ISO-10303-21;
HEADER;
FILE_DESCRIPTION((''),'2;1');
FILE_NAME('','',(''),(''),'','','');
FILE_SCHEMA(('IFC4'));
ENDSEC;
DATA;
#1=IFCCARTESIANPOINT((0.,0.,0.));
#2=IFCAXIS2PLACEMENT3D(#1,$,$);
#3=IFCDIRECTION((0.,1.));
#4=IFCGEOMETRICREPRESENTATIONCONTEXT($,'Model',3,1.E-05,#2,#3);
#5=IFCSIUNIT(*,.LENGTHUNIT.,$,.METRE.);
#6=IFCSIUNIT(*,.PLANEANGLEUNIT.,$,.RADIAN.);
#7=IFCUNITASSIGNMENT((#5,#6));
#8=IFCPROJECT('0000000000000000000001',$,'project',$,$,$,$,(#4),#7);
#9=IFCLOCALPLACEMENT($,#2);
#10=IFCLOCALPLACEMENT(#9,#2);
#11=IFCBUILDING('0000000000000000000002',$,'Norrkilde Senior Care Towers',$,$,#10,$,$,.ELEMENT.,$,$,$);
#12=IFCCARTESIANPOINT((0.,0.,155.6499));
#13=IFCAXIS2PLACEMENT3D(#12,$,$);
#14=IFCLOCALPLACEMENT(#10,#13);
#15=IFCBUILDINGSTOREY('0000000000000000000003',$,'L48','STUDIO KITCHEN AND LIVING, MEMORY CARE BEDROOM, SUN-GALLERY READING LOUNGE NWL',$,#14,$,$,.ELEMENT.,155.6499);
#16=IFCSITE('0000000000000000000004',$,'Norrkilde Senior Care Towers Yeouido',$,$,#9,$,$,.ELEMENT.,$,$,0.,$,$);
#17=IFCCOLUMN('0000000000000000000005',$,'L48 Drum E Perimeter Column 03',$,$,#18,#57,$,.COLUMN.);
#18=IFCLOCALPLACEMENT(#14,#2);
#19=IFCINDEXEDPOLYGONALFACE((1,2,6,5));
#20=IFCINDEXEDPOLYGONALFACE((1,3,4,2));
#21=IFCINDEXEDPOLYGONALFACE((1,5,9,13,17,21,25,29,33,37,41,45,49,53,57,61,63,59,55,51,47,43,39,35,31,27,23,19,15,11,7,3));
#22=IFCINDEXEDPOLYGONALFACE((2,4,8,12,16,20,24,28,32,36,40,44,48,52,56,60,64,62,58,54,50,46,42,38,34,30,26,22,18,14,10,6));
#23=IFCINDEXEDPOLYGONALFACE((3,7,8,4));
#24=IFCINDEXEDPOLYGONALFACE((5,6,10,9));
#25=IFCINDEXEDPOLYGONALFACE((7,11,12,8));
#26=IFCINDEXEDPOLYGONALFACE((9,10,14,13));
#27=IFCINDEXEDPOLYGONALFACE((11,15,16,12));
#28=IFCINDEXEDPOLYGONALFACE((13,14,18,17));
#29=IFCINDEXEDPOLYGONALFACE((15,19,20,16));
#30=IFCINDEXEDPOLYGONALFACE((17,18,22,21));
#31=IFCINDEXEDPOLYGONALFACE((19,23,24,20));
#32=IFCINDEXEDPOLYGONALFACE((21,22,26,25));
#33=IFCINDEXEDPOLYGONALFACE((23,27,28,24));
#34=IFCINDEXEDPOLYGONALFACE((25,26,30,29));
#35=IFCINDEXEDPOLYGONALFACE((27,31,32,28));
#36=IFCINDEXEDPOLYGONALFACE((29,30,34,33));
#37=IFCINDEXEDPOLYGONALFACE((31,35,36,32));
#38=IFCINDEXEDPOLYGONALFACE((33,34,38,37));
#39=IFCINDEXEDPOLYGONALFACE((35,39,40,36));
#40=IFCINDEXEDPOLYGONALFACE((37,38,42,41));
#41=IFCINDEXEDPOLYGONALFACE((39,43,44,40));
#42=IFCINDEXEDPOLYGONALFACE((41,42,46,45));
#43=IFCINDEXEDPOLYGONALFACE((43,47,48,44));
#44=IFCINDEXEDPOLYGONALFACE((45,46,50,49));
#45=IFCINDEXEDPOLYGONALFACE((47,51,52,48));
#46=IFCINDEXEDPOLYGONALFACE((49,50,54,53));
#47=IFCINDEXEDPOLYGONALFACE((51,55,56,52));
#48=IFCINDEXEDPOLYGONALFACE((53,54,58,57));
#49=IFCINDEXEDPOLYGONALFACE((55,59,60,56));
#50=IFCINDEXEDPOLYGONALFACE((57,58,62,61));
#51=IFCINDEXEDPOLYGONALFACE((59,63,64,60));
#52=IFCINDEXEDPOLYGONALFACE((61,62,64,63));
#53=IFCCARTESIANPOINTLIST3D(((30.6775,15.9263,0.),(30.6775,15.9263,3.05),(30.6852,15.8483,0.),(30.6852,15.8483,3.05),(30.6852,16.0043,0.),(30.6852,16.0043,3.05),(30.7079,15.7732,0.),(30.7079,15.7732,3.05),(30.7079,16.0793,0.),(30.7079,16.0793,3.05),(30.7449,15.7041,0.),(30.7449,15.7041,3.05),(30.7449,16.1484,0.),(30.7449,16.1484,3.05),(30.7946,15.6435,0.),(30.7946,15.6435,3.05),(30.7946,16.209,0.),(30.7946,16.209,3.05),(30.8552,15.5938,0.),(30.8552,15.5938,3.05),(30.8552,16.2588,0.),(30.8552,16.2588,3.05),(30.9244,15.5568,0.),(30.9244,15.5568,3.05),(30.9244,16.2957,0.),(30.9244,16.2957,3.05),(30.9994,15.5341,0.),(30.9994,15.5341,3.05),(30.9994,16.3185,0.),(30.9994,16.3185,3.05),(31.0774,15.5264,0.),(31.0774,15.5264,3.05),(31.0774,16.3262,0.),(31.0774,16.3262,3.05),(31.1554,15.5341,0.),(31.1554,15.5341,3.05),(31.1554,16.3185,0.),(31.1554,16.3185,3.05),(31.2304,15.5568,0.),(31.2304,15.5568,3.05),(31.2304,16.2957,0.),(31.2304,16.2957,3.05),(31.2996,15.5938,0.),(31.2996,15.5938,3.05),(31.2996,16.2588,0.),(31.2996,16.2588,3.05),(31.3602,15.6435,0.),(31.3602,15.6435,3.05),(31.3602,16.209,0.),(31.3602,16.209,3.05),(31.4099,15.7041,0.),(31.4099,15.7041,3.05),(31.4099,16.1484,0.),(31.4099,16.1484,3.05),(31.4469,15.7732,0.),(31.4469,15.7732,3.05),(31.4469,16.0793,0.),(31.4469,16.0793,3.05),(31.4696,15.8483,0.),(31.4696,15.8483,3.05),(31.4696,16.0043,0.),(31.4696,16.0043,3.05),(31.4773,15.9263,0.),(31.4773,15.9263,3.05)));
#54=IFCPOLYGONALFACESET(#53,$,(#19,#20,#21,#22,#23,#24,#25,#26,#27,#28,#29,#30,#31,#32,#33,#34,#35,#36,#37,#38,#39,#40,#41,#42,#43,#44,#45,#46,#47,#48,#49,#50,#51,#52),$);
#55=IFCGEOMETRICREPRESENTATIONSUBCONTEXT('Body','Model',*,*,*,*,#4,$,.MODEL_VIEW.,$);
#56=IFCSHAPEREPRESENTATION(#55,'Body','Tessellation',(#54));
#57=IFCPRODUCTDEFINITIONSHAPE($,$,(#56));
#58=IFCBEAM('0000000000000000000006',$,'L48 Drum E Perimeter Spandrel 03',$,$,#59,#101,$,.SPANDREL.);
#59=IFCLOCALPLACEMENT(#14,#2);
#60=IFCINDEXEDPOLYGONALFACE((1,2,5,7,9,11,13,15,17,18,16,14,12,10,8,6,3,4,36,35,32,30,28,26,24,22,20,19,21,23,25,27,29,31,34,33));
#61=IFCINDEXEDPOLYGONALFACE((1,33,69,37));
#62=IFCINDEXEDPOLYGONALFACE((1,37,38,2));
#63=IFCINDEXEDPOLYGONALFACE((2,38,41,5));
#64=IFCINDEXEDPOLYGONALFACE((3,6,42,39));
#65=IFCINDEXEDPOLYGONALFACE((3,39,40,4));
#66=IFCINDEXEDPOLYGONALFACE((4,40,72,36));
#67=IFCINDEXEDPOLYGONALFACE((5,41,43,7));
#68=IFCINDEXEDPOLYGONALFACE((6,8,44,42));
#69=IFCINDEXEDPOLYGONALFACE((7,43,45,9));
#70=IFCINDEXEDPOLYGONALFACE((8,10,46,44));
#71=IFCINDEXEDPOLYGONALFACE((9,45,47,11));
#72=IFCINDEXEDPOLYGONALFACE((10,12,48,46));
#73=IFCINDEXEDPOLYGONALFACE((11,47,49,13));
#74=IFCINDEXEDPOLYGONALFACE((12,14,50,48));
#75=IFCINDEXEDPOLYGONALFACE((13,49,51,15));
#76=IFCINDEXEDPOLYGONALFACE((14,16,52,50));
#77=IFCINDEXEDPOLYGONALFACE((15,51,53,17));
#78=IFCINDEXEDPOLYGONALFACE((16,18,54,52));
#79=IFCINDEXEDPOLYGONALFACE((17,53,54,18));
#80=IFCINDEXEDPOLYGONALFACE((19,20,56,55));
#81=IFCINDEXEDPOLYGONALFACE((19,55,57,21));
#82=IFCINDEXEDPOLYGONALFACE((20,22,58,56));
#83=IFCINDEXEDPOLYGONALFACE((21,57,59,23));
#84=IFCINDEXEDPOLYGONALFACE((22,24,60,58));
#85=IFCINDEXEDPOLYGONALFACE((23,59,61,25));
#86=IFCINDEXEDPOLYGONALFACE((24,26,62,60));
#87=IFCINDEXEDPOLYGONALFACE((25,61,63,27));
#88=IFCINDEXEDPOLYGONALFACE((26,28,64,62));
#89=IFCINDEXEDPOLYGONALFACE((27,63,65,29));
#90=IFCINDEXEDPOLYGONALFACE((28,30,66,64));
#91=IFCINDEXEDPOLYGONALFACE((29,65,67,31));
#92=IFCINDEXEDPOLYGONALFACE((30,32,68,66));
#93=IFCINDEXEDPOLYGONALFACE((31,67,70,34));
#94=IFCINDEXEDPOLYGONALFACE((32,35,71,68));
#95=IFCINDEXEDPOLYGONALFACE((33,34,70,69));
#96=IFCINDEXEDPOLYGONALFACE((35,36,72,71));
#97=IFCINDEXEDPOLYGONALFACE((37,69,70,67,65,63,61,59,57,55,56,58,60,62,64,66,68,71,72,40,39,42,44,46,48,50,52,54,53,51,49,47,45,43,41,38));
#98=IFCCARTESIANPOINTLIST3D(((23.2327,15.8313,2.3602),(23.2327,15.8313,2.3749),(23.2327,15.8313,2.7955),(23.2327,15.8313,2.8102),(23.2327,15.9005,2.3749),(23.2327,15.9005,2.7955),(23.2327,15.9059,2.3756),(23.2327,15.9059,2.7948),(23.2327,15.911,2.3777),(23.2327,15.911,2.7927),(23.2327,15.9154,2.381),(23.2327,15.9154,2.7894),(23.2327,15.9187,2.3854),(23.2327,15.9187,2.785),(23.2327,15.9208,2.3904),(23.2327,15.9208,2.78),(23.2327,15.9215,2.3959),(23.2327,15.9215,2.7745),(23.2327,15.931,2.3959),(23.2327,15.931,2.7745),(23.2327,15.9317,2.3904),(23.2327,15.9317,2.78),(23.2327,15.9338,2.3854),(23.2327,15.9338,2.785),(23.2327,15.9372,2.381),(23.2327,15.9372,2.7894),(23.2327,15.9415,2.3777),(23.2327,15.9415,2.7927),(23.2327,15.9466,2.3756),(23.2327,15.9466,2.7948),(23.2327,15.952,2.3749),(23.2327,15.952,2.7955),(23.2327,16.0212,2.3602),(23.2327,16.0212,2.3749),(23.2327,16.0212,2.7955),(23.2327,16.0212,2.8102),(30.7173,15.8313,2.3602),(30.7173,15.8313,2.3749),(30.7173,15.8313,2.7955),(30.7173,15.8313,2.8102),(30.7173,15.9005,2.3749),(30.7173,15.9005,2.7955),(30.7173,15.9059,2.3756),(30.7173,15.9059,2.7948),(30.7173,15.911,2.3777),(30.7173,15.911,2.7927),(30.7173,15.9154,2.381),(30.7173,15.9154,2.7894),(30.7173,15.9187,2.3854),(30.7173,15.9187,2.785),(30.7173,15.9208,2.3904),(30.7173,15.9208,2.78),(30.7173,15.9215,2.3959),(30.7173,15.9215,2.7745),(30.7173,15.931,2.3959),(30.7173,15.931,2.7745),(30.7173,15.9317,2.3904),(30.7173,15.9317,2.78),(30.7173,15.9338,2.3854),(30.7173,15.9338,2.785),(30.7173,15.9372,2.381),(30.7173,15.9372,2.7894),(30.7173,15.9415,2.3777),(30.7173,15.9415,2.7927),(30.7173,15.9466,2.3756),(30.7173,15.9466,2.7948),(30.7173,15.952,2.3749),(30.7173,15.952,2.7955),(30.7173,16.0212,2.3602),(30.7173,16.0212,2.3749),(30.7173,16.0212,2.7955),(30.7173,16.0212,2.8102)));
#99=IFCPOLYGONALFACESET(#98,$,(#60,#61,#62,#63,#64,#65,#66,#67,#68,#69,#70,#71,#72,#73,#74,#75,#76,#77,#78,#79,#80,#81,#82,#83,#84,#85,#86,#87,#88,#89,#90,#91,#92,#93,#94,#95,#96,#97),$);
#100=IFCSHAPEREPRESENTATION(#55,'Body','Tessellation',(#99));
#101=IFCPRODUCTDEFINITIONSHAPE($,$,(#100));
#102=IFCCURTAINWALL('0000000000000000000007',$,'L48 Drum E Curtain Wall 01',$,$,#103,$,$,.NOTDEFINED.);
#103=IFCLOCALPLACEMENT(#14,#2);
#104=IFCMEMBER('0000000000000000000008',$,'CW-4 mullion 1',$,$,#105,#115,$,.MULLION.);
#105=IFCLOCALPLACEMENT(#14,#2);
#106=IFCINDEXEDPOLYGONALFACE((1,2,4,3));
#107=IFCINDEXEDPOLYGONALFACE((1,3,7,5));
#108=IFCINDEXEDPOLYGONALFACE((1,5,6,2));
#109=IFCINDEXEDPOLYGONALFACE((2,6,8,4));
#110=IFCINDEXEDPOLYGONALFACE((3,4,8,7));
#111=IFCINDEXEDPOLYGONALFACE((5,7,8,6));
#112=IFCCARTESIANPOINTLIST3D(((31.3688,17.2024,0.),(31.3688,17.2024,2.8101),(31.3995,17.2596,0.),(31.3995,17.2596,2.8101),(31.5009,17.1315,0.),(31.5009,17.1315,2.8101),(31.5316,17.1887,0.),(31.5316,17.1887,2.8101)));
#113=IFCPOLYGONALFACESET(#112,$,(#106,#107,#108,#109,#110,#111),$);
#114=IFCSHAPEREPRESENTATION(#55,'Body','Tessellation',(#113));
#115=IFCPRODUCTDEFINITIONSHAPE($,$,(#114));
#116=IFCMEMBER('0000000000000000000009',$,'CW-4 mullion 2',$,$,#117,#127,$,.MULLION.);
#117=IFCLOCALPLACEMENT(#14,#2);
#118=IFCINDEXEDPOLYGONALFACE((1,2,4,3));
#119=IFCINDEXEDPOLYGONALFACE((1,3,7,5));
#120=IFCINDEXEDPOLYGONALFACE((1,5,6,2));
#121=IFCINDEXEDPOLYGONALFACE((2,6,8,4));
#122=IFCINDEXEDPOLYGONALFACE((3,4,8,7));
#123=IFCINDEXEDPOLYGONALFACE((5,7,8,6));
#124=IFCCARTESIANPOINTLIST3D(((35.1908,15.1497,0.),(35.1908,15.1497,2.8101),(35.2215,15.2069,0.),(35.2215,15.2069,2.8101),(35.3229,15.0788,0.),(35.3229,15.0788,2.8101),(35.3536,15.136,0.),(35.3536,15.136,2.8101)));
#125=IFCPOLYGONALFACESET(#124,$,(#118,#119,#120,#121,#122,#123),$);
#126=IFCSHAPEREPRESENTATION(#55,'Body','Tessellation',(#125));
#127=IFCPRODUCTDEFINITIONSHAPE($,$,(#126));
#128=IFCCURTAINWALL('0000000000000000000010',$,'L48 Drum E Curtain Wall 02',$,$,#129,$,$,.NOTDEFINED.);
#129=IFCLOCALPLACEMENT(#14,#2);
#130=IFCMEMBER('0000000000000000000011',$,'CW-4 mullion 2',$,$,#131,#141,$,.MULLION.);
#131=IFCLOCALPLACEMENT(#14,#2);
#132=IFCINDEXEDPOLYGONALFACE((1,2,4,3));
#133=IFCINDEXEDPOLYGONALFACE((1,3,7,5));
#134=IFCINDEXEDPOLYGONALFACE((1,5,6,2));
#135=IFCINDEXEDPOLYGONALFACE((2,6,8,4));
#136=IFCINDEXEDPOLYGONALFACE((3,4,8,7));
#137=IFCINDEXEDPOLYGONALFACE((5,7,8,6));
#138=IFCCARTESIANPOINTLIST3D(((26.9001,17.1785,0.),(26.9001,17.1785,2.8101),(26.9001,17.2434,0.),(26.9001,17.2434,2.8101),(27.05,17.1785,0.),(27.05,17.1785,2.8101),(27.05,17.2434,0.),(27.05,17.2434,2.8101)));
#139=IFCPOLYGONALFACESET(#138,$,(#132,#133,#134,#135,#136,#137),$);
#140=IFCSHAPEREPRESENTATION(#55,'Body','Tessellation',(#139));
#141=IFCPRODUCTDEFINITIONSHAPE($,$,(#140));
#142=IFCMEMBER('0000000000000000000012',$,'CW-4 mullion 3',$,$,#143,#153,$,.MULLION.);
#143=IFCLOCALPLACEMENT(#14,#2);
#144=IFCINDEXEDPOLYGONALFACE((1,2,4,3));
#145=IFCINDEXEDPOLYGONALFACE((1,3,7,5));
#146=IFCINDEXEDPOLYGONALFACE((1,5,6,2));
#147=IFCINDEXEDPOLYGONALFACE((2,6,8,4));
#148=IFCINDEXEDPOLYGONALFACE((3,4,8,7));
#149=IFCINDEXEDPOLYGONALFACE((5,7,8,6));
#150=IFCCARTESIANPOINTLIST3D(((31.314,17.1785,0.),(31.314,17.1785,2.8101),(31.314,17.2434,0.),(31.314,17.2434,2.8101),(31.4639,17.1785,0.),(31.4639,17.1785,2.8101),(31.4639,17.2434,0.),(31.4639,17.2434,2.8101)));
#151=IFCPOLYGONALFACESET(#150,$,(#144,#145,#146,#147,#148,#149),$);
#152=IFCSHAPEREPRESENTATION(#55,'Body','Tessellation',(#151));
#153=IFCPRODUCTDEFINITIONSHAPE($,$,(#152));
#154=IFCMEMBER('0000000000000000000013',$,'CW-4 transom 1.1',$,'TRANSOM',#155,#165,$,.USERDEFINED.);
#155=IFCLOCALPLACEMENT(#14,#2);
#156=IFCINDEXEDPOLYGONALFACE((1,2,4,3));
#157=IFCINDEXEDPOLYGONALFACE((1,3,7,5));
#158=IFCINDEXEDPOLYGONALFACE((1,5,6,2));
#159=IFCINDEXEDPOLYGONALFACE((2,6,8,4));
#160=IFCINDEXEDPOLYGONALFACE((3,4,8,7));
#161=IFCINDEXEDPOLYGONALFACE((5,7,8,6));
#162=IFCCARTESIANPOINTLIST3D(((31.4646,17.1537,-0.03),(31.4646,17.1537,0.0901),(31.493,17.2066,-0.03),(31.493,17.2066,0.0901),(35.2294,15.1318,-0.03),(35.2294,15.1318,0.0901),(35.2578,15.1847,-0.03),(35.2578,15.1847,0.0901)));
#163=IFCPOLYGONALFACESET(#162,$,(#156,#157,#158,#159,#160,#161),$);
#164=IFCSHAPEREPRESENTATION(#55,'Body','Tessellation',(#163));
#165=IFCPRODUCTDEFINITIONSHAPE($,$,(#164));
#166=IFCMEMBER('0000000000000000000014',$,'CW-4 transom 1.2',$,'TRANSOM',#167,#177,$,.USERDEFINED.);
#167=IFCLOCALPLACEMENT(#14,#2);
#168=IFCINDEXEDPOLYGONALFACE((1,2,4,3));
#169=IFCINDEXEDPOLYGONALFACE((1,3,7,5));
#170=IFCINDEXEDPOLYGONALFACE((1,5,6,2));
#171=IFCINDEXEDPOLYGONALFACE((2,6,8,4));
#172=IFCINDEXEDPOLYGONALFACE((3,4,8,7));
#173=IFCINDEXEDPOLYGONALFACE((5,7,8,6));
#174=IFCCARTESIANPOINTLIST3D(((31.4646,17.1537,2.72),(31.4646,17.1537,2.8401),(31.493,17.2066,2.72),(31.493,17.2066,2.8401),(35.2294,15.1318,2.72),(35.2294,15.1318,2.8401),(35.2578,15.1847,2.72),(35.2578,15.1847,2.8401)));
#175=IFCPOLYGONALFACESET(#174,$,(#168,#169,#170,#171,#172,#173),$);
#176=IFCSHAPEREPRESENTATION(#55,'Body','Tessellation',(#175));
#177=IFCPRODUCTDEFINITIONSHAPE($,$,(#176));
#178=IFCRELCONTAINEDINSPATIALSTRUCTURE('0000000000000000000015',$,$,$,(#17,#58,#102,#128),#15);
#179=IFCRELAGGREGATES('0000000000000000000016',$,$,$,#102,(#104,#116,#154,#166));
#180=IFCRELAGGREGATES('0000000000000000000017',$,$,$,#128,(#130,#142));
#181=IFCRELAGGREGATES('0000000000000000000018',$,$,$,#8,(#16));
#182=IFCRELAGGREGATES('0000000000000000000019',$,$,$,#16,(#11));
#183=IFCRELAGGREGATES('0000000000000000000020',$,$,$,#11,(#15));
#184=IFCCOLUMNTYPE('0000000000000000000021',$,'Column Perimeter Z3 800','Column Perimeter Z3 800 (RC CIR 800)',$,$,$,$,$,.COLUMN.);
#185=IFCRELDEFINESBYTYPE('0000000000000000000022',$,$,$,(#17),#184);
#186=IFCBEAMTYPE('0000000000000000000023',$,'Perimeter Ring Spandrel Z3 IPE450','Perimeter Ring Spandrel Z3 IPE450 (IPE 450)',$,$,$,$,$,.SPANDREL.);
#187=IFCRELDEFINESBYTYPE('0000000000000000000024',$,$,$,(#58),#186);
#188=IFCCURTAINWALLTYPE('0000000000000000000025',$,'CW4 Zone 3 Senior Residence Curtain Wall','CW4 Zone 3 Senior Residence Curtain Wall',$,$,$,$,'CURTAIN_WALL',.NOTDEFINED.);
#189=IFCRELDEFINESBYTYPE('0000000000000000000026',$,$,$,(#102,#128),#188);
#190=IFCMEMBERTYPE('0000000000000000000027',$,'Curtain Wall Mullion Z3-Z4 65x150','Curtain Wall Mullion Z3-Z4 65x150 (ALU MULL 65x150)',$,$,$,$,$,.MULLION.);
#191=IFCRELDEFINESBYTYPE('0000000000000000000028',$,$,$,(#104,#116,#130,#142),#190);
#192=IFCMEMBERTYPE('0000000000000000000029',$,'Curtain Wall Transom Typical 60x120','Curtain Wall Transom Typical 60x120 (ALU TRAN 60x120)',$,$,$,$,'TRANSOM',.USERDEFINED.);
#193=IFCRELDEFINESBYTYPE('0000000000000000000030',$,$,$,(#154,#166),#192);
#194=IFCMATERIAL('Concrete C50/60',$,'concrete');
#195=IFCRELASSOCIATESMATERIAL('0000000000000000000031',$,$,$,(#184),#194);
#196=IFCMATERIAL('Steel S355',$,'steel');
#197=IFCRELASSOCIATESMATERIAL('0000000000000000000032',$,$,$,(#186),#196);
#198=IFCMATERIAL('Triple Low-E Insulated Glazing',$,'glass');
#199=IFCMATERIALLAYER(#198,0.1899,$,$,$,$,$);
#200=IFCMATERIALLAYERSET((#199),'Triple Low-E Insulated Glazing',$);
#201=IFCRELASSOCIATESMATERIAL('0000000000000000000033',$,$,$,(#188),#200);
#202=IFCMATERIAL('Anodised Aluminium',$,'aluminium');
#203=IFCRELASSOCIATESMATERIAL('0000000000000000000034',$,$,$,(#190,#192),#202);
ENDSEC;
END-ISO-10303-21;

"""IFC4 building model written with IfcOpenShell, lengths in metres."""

from ifc_helpers import new_model, si_unit, direction, frame, origin, origin_2d, place, context, subcontext, project, spatial, rectangle, circle, i_section, extrude, source, transform, mapped, material, layer, layer_set, material_profile, profile_set, type_object, type_shapes, element, aggregate, save


model = new_model("IFC4")

# Units and contexts
model_context = context("Model", 3, precision=1e-05, world=origin(), true_north=direction((0.0, 1.0)))
body_context = subcontext(model_context, "Body", "Model", "MODEL_VIEW")
ifc_project = project(units=[si_unit("LENGTHUNIT", "METRE"), si_unit("PLANEANGLEUNIT", "RADIAN")], contexts=[model_context])

# Site, building, storey
site_placement = place(None, origin())
site = spatial("IfcSite", under=ifc_project, at=site_placement, Name="Norrkilde Senior Care Towers Yeouido", CompositionType="ELEMENT", RefElevation=0.0)
building_placement = place(site_placement, origin())
building = spatial("IfcBuilding", under=site, at=building_placement, Name="Norrkilde Senior Care Towers", CompositionType="ELEMENT")
storey_placement = place(building_placement, frame((0.0, 0.0, 155.6499)))
storey = spatial("IfcBuildingStorey", under=building, at=storey_placement, Name="L48", Description="STUDIO KITCHEN AND LIVING, MEMORY CARE BEDROOM, SUN-GALLERY READING LOUNGE NWL", CompositionType="ELEMENT", Elevation=155.6499)

# Column
ifc_material_1 = material(Name="Concrete C50/60", Category="concrete")
ifc_material_profile_1 = material_profile(ifc_material_1, circle(Radius=0.3999, at=origin_2d()), Name="RC CIR 800")
ifc_profile_set_1 = profile_set([ifc_material_profile_1], Name="Concrete C50/60")
column_type = type_object("IfcColumnType", Name="Column Perimeter Z3 800", Description="Column Perimeter Z3 800 (RC CIR 800)", PredefinedType="COLUMN", material=ifc_profile_set_1)
shared_shape_1 = source(origin(), body_context, "Body", "SweptSolid", [
    extrude(circle(Radius=0.3999, at=origin_2d()), origin(), (0.0, 0.0, 1.0), 3.05),
])
type_shapes(column_type, [shared_shape_1])
column_placement = place(storey_placement, frame((31.0774, 15.9263, 0.0), z_axis=(0.0, 0.0, 1.0), x_axis=(1.0, 0.0, 0.0)))
element("IfcColumn", 1, at=column_placement, inside=storey, type_object=column_type, Name="L48 Drum E Perimeter Column 03", PredefinedType="COLUMN", context=body_context, shape_type="MappedRepresentation", body=[
    mapped(shared_shape_1, transform((0.0, 0.0, 0.0), x_axis=(1.0, 0.0, 0.0), y_axis=(0.0, 1.0, 0.0), z_axis=(0.0, 0.0, 1.0), scale=1.0)),
])

# Beam
ifc_material_2 = material(Name="Steel S355", Category="steel")
ifc_material_profile_2 = material_profile(ifc_material_2, i_section(OverallWidth=0.1899, OverallDepth=0.45, WebThickness=0.0095, FlangeThickness=0.0146, FilletRadius=0.021, at=origin_2d()), Name="IPE 450")
ifc_profile_set_2 = profile_set([ifc_material_profile_2], Name="Steel S355")
beam_type = type_object("IfcBeamType", Name="Perimeter Ring Spandrel Z3 IPE450", Description="Perimeter Ring Spandrel Z3 IPE450 (IPE 450)", PredefinedType="SPANDREL", material=ifc_profile_set_2)
shared_shape_2 = source(origin(), body_context, "Body", "SweptSolid", [
    extrude(i_section(OverallWidth=0.1899, OverallDepth=0.45, WebThickness=0.0095, FlangeThickness=0.0146, FilletRadius=0.021, at=origin_2d()), origin(), (0.0, 0.0, 1.0), 7.4846),
])
type_shapes(beam_type, [shared_shape_2])
beam_placement = place(storey_placement, frame((30.7173, 15.9263, 2.5852), z_axis=(-1.0, 0.0, 0.0), x_axis=(0.0, -1.0, 0.0)))
element("IfcBeam", 2, at=beam_placement, inside=storey, type_object=beam_type, Name="L48 Drum E Perimeter Spandrel 03", PredefinedType="SPANDREL", context=body_context, shape_type="MappedRepresentation", body=[
    mapped(shared_shape_2, transform((0.0, 0.0, 0.0), x_axis=(1.0, 0.0, 0.0), y_axis=(0.0, 1.0, 0.0), z_axis=(0.0, 0.0, 1.0), scale=1.0)),
])

# Curtain walls, members
ifc_material_3 = material(Name="Triple Low-E Insulated Glazing", Category="glass")
ifc_layer_1 = layer(ifc_material_3, 0.1899)
ifc_layer_set_1 = layer_set([ifc_layer_1], Name="Triple Low-E Insulated Glazing")
curtain_wall_type = type_object("IfcCurtainWallType", Name="CW4 Zone 3 Senior Residence Curtain Wall", Description="CW4 Zone 3 Senior Residence Curtain Wall", ElementType="CURTAIN_WALL", PredefinedType="NOTDEFINED", material=ifc_layer_set_1)
curtain_wall_1_placement = place(storey_placement, origin())
curtain_wall_1 = element("IfcCurtainWall", 3, at=curtain_wall_1_placement, inside=storey, type_object=curtain_wall_type, Name="L48 Drum E Curtain Wall 01", PredefinedType="NOTDEFINED")
ifc_material_4 = material(Name="Anodised Aluminium", Category="aluminium")
ifc_material_profile_3 = material_profile(ifc_material_4, rectangle(XDim=0.0649, YDim=0.1499, at=origin_2d()), Name="ALU MULL 65x150")
ifc_profile_set_3 = profile_set([ifc_material_profile_3], Name="Anodised Aluminium")
member_type_1 = type_object("IfcMemberType", Name="Curtain Wall Mullion Z3-Z4 65x150", Description="Curtain Wall Mullion Z3-Z4 65x150 (ALU MULL 65x150)", PredefinedType="MULLION", material=ifc_profile_set_3)
shared_shape_3 = source(origin(), body_context, "Body", "SweptSolid", [
    extrude(rectangle(XDim=0.0649, YDim=0.1499, at=origin_2d()), origin(), (0.0, 0.0, 1.0), 2.8101),
])
type_shapes(member_type_1, [shared_shape_3])
member_1_placement = place(storey_placement, frame((31.4502, 17.1956, 0.0), z_axis=(0.0, 0.0, 1.0), x_axis=(0.473117, 0.881, 0.0)))
member_1 = element("IfcMember", 4, at=member_1_placement, type_object=member_type_1, Name="CW-4 mullion 1", PredefinedType="MULLION", context=body_context, shape_type="MappedRepresentation", body=[
    mapped(shared_shape_3, transform((0.0, 0.0, 0.0), x_axis=(1.0, 0.0, 0.0), y_axis=(0.0, 1.0, 0.0), z_axis=(0.0, 0.0, 1.0), scale=1.0)),
])
member_2_placement = place(storey_placement, frame((35.2722, 15.1428, 0.0), z_axis=(0.0, 0.0, 1.0), x_axis=(0.473117, 0.881, 0.0)))
member_2 = element("IfcMember", 5, at=member_2_placement, type_object=member_type_1, Name="CW-4 mullion 2", PredefinedType="MULLION", context=body_context, shape_type="MappedRepresentation", body=[
    mapped(shared_shape_3, transform((0.0, 0.0, 0.0), x_axis=(1.0, 0.0, 0.0), y_axis=(0.0, 1.0, 0.0), z_axis=(0.0, 0.0, 1.0), scale=1.0)),
])
curtain_wall_2_placement = place(storey_placement, origin())
curtain_wall_2 = element("IfcCurtainWall", 6, at=curtain_wall_2_placement, inside=storey, type_object=curtain_wall_type, Name="L48 Drum E Curtain Wall 02", PredefinedType="NOTDEFINED")
member_3_placement = place(storey_placement, frame((26.9751, 17.2109, 0.0), z_axis=(0.0, 0.0, 1.0), x_axis=(0.0, 1.0, 0.0)))
member_3 = element("IfcMember", 7, at=member_3_placement, type_object=member_type_1, Name="CW-4 mullion 2", PredefinedType="MULLION", context=body_context, shape_type="MappedRepresentation", body=[
    mapped(shared_shape_3, transform((0.0, 0.0, 0.0), x_axis=(1.0, 0.0, 0.0), y_axis=(0.0, 1.0, 0.0), z_axis=(0.0, 0.0, 1.0), scale=1.0)),
])
member_4_placement = place(storey_placement, frame((31.3889, 17.2109, 0.0), z_axis=(0.0, 0.0, 1.0), x_axis=(0.0, 1.0, 0.0)))
member_4 = element("IfcMember", 8, at=member_4_placement, type_object=member_type_1, Name="CW-4 mullion 3", PredefinedType="MULLION", context=body_context, shape_type="MappedRepresentation", body=[
    mapped(shared_shape_3, transform((0.0, 0.0, 0.0), x_axis=(1.0, 0.0, 0.0), y_axis=(0.0, 1.0, 0.0), z_axis=(0.0, 0.0, 1.0), scale=1.0)),
])

# Members
ifc_material_profile_4 = material_profile(ifc_material_4, rectangle(XDim=0.0601, YDim=0.1201, at=origin_2d()), Name="ALU TRAN 60x120")
ifc_profile_set_4 = profile_set([ifc_material_profile_4], Name="Anodised Aluminium")
member_type_2 = type_object("IfcMemberType", Name="Curtain Wall Transom Typical 60x120", Description="Curtain Wall Transom Typical 60x120 (ALU TRAN 60x120)", ElementType="TRANSOM", PredefinedType="USERDEFINED", material=ifc_profile_set_4)
shared_shape_4 = source(origin(), body_context, "Body", "SweptSolid", [
    extrude(rectangle(XDim=0.0601, YDim=0.1201, at=origin_2d()), origin(), (0.0, 0.0, 1.0), 4.2734),
])
member_5_placement = place(storey_placement, frame((31.4788, 17.1802, 0.03), z_axis=(0.880986, -0.473142, 0.0), x_axis=(0.473142, 0.880986, 0.0)))
member_5 = element("IfcMember", 9, at=member_5_placement, type_object=member_type_2, Name="CW-4 transom 1.1", ObjectType="TRANSOM", PredefinedType="USERDEFINED", context=body_context, shape_type="MappedRepresentation", body=[
    mapped(shared_shape_4, transform((0.0, 0.0, 0.0), x_axis=(1.0, 0.0, 0.0), y_axis=(0.0, 1.0, 0.0), z_axis=(0.0, 0.0, 1.0), scale=1.0)),
])
member_6_placement = place(storey_placement, frame((31.4788, 17.1802, 2.78), z_axis=(0.880986, -0.473142, 0.0), x_axis=(0.473142, 0.880986, 0.0)))
member_6 = element("IfcMember", 10, at=member_6_placement, type_object=member_type_2, Name="CW-4 transom 1.2", ObjectType="TRANSOM", PredefinedType="USERDEFINED", context=body_context, shape_type="MappedRepresentation", body=[
    mapped(shared_shape_4, transform((0.0, 0.0, 0.0), x_axis=(1.0, 0.0, 0.0), y_axis=(0.0, 1.0, 0.0), z_axis=(0.0, 0.0, 1.0), scale=1.0)),
])

aggregate(curtain_wall_1, [member_1, member_2, member_5, member_6])
aggregate(curtain_wall_2, [member_3, member_4])

save(model, "model.ifc")
